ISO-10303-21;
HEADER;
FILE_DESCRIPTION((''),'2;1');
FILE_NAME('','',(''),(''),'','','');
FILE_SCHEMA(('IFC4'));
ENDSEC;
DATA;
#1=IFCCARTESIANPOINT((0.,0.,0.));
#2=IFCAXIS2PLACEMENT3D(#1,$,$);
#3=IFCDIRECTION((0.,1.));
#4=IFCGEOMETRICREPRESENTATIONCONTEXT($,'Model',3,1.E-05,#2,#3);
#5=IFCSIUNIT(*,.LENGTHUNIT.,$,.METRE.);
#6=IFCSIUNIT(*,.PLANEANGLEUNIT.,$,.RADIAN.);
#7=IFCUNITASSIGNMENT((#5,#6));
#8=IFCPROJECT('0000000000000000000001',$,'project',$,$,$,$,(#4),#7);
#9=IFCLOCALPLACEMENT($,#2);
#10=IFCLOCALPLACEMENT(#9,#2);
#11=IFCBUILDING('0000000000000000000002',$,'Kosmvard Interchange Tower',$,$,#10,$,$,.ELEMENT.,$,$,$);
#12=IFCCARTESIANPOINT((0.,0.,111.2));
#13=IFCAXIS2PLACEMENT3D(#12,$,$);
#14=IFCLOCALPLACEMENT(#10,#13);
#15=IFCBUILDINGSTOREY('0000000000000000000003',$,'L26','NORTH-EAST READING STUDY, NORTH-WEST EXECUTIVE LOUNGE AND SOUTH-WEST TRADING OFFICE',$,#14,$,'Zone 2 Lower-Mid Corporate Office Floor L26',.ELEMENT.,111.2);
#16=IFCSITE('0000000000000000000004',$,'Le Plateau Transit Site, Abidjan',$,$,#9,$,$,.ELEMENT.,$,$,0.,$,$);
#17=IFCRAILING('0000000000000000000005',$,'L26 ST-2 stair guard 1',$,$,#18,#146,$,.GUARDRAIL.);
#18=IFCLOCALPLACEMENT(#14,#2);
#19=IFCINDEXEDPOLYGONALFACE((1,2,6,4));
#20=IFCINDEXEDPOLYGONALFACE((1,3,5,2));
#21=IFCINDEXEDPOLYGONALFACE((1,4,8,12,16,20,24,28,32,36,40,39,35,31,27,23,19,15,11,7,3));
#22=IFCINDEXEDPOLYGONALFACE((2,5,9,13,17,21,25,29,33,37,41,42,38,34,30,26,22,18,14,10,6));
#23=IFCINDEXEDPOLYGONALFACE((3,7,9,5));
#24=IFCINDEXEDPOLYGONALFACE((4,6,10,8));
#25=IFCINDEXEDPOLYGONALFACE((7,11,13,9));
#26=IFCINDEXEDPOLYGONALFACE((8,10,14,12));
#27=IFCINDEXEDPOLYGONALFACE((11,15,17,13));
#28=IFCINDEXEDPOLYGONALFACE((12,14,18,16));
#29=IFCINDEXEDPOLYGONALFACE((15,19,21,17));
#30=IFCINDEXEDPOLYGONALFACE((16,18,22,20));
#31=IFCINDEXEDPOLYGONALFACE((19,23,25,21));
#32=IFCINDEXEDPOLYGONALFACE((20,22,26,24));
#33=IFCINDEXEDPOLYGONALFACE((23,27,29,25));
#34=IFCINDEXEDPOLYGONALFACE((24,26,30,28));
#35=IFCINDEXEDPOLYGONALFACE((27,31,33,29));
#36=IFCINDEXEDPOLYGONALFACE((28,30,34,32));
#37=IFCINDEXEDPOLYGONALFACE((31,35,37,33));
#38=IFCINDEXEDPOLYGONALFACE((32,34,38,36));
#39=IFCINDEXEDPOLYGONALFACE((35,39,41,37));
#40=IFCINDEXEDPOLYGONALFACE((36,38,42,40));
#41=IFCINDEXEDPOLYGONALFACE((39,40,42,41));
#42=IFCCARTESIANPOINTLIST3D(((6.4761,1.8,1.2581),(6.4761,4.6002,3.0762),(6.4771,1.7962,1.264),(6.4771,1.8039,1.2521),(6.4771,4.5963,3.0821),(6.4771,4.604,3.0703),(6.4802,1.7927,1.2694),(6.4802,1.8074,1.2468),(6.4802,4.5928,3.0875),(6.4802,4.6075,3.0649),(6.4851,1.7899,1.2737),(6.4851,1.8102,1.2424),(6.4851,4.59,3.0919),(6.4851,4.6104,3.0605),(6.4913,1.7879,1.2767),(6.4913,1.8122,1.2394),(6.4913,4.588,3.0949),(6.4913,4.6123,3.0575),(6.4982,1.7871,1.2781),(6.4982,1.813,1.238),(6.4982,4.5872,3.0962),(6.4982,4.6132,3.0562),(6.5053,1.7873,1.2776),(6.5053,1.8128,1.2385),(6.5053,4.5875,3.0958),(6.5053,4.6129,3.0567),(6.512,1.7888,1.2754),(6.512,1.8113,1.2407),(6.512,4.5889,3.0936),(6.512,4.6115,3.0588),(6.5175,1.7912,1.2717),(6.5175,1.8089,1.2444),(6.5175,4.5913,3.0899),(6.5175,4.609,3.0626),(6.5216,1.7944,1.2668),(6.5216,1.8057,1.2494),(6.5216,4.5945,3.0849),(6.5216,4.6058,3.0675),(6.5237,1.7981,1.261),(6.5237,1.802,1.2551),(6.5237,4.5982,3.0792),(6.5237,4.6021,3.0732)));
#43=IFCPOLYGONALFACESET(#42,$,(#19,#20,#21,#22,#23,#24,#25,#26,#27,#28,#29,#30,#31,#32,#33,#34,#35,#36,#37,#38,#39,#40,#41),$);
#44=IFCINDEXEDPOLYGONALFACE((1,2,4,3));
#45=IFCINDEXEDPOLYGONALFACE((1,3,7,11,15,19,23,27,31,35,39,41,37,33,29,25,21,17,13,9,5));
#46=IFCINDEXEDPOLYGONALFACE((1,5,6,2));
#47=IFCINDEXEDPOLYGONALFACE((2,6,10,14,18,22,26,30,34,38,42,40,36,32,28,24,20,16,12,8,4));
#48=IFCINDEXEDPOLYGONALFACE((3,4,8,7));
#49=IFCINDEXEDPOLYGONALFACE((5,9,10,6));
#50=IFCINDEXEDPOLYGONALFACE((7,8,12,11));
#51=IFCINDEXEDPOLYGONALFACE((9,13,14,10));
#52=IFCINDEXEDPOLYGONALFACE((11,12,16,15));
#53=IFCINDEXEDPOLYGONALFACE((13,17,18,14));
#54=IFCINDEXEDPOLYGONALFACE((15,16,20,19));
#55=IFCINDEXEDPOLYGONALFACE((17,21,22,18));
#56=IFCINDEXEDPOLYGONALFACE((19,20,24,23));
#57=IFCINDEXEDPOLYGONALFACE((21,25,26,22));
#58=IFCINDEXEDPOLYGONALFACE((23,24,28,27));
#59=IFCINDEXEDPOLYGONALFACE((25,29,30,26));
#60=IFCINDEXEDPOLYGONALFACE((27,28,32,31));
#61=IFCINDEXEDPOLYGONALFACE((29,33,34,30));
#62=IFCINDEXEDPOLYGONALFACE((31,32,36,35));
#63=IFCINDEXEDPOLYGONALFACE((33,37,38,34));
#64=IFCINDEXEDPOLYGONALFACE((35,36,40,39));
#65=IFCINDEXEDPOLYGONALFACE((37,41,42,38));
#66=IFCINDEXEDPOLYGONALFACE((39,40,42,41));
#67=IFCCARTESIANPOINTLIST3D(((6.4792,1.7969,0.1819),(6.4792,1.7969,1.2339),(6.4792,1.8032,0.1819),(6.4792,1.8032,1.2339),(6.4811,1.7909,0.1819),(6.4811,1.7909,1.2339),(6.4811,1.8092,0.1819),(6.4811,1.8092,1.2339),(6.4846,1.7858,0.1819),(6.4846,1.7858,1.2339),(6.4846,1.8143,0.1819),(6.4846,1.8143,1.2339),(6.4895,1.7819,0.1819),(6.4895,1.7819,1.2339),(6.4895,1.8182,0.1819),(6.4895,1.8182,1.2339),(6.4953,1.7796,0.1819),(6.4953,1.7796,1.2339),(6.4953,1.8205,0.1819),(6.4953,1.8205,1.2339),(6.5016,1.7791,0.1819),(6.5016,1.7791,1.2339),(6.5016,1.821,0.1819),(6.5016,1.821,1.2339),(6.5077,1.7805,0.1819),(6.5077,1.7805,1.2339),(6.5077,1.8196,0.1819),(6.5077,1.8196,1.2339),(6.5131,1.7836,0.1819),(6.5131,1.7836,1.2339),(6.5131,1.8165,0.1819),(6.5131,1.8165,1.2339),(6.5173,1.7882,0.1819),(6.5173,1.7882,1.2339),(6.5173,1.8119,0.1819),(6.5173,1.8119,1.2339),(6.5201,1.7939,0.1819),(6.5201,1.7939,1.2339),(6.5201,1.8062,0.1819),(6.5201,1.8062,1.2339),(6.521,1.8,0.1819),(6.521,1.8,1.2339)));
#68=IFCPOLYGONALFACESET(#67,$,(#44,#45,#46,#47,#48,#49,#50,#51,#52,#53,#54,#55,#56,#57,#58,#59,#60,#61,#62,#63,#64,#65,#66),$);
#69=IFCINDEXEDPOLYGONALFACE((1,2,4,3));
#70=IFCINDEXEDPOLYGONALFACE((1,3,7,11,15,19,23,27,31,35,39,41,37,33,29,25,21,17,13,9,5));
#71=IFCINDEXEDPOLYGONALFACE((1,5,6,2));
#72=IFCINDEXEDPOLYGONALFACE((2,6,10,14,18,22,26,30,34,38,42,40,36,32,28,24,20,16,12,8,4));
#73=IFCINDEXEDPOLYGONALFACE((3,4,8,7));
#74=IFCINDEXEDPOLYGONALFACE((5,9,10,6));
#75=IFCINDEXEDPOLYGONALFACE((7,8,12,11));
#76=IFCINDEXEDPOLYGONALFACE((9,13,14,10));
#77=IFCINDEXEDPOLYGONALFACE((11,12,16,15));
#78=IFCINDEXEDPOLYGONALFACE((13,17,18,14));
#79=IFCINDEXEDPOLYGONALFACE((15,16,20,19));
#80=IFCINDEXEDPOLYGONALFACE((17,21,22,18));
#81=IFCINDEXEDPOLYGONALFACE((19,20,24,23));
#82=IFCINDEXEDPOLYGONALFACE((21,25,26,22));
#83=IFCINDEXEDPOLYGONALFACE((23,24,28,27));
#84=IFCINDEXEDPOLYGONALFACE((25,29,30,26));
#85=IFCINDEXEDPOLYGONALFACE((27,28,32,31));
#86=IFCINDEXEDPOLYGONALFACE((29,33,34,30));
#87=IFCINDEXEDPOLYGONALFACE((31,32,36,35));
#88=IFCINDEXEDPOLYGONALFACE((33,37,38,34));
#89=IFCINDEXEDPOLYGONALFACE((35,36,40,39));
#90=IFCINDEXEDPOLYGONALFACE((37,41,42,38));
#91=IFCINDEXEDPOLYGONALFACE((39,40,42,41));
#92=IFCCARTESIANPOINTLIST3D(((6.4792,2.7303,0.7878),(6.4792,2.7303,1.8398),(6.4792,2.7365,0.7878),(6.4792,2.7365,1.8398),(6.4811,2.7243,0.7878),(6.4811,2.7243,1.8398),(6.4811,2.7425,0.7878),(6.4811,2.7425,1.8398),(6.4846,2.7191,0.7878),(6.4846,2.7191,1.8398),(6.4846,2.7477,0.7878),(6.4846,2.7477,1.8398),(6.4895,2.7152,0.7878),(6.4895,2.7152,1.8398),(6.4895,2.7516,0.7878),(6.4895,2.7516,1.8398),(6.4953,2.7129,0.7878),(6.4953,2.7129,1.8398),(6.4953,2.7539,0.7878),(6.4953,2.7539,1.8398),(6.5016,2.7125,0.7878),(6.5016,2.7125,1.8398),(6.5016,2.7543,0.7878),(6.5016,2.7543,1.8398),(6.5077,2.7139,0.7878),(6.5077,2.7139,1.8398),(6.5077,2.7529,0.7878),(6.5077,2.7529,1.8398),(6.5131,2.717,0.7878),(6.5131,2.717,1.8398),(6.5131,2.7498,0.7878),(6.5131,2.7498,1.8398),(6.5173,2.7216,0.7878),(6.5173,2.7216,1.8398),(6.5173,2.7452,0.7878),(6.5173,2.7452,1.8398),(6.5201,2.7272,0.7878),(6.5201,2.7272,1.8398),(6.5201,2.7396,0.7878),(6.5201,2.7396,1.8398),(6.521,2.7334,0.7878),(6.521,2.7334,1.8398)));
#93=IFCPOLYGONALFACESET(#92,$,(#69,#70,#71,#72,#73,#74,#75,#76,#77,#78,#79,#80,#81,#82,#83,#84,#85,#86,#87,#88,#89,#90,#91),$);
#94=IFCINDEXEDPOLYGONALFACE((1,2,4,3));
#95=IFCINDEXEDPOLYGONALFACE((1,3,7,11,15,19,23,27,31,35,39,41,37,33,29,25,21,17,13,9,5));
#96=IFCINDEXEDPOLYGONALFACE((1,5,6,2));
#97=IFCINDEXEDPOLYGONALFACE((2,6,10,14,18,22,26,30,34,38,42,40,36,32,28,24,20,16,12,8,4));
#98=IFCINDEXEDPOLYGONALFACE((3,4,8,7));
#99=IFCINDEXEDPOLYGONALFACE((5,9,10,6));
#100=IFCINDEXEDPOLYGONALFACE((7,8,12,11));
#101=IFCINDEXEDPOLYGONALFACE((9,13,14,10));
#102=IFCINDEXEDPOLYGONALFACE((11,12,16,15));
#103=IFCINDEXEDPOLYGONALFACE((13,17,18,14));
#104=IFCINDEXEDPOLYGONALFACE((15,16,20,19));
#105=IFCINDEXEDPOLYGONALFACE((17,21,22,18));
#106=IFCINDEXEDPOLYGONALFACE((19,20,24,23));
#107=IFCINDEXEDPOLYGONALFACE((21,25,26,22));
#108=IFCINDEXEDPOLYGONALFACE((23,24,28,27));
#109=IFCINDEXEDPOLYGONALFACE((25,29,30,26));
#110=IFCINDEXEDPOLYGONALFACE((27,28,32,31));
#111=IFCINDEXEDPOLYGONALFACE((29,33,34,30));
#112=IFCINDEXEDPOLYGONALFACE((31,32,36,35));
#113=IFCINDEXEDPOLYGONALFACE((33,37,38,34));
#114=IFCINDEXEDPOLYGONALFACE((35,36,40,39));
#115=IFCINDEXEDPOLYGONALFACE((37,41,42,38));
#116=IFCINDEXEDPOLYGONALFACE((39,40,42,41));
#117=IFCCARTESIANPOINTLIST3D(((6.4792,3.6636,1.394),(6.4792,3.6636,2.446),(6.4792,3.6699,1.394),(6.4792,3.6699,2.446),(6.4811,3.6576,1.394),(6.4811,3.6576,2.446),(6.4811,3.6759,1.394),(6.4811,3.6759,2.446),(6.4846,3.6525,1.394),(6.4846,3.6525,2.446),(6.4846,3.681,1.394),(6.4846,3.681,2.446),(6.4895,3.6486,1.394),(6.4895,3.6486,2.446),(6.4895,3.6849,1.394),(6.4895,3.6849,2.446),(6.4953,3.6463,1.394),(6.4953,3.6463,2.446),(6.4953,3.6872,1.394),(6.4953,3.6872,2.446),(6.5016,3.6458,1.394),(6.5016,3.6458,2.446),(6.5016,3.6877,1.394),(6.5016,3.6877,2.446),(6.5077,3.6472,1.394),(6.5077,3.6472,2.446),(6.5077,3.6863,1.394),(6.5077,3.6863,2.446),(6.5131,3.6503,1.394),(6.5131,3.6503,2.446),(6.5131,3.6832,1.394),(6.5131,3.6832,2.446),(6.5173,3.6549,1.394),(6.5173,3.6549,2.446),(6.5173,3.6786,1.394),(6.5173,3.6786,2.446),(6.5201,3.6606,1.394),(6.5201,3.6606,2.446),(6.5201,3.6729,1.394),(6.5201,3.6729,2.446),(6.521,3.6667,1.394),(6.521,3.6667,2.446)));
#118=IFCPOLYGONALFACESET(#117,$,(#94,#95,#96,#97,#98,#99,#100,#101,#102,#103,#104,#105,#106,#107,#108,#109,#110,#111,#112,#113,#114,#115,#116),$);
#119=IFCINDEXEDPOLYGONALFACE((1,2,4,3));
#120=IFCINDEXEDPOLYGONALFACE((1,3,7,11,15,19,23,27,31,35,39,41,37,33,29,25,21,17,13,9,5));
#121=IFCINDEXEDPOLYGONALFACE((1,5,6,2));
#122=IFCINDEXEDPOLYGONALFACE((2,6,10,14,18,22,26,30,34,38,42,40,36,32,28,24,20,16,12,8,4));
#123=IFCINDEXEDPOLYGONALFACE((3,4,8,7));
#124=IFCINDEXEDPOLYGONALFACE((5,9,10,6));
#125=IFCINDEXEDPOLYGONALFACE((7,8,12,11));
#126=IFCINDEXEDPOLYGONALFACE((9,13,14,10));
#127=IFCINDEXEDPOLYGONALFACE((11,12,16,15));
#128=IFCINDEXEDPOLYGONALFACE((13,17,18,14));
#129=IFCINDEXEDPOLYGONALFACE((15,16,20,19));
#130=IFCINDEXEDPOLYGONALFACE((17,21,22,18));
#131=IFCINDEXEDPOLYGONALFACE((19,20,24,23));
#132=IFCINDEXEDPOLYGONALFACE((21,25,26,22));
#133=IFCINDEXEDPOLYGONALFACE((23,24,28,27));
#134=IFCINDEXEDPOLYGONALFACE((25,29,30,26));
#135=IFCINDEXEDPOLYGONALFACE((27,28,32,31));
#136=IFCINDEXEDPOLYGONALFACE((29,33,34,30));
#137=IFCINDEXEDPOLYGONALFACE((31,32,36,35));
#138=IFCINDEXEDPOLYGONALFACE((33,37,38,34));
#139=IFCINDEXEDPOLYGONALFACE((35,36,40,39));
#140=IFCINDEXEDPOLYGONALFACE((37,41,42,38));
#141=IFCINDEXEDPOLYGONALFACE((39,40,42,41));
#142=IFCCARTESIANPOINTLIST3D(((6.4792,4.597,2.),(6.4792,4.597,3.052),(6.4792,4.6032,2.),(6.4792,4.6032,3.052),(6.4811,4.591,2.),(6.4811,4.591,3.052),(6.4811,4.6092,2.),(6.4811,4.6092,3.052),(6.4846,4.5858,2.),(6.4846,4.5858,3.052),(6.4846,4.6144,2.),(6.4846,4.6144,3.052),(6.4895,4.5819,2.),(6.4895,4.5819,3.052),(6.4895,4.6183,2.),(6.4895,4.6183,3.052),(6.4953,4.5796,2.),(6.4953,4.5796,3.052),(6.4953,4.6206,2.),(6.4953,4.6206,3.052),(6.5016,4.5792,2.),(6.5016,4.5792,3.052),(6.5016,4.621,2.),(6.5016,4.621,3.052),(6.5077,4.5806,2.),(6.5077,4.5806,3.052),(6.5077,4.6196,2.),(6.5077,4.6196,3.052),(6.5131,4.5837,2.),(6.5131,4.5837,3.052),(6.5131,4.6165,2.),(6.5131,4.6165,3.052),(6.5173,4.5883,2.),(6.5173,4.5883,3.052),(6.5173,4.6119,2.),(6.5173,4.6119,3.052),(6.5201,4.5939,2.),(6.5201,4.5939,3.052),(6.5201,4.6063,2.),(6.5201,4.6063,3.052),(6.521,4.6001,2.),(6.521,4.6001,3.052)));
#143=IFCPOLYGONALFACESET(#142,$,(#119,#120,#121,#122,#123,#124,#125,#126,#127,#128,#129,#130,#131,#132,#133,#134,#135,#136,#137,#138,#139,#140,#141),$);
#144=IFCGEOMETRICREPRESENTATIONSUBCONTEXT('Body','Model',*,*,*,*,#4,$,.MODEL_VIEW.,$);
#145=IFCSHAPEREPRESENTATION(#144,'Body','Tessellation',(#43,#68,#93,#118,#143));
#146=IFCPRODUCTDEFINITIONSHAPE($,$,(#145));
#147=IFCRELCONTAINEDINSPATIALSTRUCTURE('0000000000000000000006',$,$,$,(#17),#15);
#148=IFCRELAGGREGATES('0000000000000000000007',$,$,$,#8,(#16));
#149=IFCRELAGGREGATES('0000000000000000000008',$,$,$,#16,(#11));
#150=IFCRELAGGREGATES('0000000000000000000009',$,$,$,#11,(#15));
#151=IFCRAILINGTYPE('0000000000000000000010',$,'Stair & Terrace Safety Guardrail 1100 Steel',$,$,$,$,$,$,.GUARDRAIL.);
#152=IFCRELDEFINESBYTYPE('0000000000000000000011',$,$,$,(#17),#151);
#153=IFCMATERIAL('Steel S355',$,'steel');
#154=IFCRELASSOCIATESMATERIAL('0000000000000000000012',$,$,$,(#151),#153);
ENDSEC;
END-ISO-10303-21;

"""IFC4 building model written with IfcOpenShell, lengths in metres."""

from ifc_helpers import new_model, si_unit, direction, frame, origin, origin_2d, place, context, subcontext, project, spatial, circle, extrude, source, transform, mapped, material, type_object, element, save


model = new_model("IFC4")

# Units and contexts
model_context = context("Model", 3, precision=1e-05, world=origin(), true_north=direction((0.0, 1.0)))
body_context = subcontext(model_context, "Body", "Model", "MODEL_VIEW")
ifc_project = project(units=[si_unit("LENGTHUNIT", "METRE"), si_unit("PLANEANGLEUNIT", "RADIAN")], contexts=[model_context])

# Site, building, storey
site_placement = place(None, origin())
site = spatial("IfcSite", under=ifc_project, at=site_placement, Name="Le Plateau Transit Site, Abidjan", CompositionType="ELEMENT", RefElevation=0.0)
building_placement = place(site_placement, origin())
building = spatial("IfcBuilding", under=site, at=building_placement, Name="Kosmvard Interchange Tower", CompositionType="ELEMENT")
storey_placement = place(building_placement, frame((0.0, 0.0, 111.2)))
storey = spatial("IfcBuildingStorey", under=building, at=storey_placement, Name="L26", Description="NORTH-EAST READING STUDY, NORTH-WEST EXECUTIVE LOUNGE AND SOUTH-WEST TRADING OFFICE", LongName="Zone 2 Lower-Mid Corporate Office Floor L26", CompositionType="ELEMENT", Elevation=111.2)

# Shared definitions
ifc_material_1 = material(Name="Steel S355", Category="steel")

# Railing
railing_type_1 = type_object("IfcRailingType", Name="Stair & Terrace Safety Guardrail 1100 Steel", PredefinedType="GUARDRAIL", material=ifc_material_1)
shared_shape_1 = source(origin(), body_context, "Body", "SweptSolid", [
    extrude(circle(Radius=0.0239, at=origin_2d()), frame((0.0, 0.0, 1.0762), z_axis=(0.0, 0.838706, 0.544585), x_axis=(-1.0, 0.0, 0.0)), (0.0, 0.0, 1.0), 3.3386),
    extrude(circle(Radius=0.021, at=origin_2d()), origin(), (0.0, 0.0, 1.0), 1.052),
    extrude(circle(Radius=0.021, at=origin_2d()), frame((0.0, 0.9333, 0.606)), (0.0, 0.0, 1.0), 1.052),
    extrude(circle(Radius=0.021, at=origin_2d()), frame((0.0, 1.8667, 1.2122)), (0.0, 0.0, 1.0), 1.052),
    extrude(circle(Radius=0.021, at=origin_2d()), frame((0.0, 2.8, 1.8181)), (0.0, 0.0, 1.0), 1.052),
])
railing_1_placement = place(storey_placement, frame((6.5, 1.8, 0.1819)))
element("IfcRailing", 1, at=railing_1_placement, inside=storey, type_object=railing_type_1, Name="L26 ST-2 stair guard 1", PredefinedType="GUARDRAIL", context=body_context, shape_type="MappedRepresentation", body=[
    mapped(shared_shape_1, transform((0.0, 0.0, 0.0), scale=1.0)),
])

save(model, "model.ifc")
